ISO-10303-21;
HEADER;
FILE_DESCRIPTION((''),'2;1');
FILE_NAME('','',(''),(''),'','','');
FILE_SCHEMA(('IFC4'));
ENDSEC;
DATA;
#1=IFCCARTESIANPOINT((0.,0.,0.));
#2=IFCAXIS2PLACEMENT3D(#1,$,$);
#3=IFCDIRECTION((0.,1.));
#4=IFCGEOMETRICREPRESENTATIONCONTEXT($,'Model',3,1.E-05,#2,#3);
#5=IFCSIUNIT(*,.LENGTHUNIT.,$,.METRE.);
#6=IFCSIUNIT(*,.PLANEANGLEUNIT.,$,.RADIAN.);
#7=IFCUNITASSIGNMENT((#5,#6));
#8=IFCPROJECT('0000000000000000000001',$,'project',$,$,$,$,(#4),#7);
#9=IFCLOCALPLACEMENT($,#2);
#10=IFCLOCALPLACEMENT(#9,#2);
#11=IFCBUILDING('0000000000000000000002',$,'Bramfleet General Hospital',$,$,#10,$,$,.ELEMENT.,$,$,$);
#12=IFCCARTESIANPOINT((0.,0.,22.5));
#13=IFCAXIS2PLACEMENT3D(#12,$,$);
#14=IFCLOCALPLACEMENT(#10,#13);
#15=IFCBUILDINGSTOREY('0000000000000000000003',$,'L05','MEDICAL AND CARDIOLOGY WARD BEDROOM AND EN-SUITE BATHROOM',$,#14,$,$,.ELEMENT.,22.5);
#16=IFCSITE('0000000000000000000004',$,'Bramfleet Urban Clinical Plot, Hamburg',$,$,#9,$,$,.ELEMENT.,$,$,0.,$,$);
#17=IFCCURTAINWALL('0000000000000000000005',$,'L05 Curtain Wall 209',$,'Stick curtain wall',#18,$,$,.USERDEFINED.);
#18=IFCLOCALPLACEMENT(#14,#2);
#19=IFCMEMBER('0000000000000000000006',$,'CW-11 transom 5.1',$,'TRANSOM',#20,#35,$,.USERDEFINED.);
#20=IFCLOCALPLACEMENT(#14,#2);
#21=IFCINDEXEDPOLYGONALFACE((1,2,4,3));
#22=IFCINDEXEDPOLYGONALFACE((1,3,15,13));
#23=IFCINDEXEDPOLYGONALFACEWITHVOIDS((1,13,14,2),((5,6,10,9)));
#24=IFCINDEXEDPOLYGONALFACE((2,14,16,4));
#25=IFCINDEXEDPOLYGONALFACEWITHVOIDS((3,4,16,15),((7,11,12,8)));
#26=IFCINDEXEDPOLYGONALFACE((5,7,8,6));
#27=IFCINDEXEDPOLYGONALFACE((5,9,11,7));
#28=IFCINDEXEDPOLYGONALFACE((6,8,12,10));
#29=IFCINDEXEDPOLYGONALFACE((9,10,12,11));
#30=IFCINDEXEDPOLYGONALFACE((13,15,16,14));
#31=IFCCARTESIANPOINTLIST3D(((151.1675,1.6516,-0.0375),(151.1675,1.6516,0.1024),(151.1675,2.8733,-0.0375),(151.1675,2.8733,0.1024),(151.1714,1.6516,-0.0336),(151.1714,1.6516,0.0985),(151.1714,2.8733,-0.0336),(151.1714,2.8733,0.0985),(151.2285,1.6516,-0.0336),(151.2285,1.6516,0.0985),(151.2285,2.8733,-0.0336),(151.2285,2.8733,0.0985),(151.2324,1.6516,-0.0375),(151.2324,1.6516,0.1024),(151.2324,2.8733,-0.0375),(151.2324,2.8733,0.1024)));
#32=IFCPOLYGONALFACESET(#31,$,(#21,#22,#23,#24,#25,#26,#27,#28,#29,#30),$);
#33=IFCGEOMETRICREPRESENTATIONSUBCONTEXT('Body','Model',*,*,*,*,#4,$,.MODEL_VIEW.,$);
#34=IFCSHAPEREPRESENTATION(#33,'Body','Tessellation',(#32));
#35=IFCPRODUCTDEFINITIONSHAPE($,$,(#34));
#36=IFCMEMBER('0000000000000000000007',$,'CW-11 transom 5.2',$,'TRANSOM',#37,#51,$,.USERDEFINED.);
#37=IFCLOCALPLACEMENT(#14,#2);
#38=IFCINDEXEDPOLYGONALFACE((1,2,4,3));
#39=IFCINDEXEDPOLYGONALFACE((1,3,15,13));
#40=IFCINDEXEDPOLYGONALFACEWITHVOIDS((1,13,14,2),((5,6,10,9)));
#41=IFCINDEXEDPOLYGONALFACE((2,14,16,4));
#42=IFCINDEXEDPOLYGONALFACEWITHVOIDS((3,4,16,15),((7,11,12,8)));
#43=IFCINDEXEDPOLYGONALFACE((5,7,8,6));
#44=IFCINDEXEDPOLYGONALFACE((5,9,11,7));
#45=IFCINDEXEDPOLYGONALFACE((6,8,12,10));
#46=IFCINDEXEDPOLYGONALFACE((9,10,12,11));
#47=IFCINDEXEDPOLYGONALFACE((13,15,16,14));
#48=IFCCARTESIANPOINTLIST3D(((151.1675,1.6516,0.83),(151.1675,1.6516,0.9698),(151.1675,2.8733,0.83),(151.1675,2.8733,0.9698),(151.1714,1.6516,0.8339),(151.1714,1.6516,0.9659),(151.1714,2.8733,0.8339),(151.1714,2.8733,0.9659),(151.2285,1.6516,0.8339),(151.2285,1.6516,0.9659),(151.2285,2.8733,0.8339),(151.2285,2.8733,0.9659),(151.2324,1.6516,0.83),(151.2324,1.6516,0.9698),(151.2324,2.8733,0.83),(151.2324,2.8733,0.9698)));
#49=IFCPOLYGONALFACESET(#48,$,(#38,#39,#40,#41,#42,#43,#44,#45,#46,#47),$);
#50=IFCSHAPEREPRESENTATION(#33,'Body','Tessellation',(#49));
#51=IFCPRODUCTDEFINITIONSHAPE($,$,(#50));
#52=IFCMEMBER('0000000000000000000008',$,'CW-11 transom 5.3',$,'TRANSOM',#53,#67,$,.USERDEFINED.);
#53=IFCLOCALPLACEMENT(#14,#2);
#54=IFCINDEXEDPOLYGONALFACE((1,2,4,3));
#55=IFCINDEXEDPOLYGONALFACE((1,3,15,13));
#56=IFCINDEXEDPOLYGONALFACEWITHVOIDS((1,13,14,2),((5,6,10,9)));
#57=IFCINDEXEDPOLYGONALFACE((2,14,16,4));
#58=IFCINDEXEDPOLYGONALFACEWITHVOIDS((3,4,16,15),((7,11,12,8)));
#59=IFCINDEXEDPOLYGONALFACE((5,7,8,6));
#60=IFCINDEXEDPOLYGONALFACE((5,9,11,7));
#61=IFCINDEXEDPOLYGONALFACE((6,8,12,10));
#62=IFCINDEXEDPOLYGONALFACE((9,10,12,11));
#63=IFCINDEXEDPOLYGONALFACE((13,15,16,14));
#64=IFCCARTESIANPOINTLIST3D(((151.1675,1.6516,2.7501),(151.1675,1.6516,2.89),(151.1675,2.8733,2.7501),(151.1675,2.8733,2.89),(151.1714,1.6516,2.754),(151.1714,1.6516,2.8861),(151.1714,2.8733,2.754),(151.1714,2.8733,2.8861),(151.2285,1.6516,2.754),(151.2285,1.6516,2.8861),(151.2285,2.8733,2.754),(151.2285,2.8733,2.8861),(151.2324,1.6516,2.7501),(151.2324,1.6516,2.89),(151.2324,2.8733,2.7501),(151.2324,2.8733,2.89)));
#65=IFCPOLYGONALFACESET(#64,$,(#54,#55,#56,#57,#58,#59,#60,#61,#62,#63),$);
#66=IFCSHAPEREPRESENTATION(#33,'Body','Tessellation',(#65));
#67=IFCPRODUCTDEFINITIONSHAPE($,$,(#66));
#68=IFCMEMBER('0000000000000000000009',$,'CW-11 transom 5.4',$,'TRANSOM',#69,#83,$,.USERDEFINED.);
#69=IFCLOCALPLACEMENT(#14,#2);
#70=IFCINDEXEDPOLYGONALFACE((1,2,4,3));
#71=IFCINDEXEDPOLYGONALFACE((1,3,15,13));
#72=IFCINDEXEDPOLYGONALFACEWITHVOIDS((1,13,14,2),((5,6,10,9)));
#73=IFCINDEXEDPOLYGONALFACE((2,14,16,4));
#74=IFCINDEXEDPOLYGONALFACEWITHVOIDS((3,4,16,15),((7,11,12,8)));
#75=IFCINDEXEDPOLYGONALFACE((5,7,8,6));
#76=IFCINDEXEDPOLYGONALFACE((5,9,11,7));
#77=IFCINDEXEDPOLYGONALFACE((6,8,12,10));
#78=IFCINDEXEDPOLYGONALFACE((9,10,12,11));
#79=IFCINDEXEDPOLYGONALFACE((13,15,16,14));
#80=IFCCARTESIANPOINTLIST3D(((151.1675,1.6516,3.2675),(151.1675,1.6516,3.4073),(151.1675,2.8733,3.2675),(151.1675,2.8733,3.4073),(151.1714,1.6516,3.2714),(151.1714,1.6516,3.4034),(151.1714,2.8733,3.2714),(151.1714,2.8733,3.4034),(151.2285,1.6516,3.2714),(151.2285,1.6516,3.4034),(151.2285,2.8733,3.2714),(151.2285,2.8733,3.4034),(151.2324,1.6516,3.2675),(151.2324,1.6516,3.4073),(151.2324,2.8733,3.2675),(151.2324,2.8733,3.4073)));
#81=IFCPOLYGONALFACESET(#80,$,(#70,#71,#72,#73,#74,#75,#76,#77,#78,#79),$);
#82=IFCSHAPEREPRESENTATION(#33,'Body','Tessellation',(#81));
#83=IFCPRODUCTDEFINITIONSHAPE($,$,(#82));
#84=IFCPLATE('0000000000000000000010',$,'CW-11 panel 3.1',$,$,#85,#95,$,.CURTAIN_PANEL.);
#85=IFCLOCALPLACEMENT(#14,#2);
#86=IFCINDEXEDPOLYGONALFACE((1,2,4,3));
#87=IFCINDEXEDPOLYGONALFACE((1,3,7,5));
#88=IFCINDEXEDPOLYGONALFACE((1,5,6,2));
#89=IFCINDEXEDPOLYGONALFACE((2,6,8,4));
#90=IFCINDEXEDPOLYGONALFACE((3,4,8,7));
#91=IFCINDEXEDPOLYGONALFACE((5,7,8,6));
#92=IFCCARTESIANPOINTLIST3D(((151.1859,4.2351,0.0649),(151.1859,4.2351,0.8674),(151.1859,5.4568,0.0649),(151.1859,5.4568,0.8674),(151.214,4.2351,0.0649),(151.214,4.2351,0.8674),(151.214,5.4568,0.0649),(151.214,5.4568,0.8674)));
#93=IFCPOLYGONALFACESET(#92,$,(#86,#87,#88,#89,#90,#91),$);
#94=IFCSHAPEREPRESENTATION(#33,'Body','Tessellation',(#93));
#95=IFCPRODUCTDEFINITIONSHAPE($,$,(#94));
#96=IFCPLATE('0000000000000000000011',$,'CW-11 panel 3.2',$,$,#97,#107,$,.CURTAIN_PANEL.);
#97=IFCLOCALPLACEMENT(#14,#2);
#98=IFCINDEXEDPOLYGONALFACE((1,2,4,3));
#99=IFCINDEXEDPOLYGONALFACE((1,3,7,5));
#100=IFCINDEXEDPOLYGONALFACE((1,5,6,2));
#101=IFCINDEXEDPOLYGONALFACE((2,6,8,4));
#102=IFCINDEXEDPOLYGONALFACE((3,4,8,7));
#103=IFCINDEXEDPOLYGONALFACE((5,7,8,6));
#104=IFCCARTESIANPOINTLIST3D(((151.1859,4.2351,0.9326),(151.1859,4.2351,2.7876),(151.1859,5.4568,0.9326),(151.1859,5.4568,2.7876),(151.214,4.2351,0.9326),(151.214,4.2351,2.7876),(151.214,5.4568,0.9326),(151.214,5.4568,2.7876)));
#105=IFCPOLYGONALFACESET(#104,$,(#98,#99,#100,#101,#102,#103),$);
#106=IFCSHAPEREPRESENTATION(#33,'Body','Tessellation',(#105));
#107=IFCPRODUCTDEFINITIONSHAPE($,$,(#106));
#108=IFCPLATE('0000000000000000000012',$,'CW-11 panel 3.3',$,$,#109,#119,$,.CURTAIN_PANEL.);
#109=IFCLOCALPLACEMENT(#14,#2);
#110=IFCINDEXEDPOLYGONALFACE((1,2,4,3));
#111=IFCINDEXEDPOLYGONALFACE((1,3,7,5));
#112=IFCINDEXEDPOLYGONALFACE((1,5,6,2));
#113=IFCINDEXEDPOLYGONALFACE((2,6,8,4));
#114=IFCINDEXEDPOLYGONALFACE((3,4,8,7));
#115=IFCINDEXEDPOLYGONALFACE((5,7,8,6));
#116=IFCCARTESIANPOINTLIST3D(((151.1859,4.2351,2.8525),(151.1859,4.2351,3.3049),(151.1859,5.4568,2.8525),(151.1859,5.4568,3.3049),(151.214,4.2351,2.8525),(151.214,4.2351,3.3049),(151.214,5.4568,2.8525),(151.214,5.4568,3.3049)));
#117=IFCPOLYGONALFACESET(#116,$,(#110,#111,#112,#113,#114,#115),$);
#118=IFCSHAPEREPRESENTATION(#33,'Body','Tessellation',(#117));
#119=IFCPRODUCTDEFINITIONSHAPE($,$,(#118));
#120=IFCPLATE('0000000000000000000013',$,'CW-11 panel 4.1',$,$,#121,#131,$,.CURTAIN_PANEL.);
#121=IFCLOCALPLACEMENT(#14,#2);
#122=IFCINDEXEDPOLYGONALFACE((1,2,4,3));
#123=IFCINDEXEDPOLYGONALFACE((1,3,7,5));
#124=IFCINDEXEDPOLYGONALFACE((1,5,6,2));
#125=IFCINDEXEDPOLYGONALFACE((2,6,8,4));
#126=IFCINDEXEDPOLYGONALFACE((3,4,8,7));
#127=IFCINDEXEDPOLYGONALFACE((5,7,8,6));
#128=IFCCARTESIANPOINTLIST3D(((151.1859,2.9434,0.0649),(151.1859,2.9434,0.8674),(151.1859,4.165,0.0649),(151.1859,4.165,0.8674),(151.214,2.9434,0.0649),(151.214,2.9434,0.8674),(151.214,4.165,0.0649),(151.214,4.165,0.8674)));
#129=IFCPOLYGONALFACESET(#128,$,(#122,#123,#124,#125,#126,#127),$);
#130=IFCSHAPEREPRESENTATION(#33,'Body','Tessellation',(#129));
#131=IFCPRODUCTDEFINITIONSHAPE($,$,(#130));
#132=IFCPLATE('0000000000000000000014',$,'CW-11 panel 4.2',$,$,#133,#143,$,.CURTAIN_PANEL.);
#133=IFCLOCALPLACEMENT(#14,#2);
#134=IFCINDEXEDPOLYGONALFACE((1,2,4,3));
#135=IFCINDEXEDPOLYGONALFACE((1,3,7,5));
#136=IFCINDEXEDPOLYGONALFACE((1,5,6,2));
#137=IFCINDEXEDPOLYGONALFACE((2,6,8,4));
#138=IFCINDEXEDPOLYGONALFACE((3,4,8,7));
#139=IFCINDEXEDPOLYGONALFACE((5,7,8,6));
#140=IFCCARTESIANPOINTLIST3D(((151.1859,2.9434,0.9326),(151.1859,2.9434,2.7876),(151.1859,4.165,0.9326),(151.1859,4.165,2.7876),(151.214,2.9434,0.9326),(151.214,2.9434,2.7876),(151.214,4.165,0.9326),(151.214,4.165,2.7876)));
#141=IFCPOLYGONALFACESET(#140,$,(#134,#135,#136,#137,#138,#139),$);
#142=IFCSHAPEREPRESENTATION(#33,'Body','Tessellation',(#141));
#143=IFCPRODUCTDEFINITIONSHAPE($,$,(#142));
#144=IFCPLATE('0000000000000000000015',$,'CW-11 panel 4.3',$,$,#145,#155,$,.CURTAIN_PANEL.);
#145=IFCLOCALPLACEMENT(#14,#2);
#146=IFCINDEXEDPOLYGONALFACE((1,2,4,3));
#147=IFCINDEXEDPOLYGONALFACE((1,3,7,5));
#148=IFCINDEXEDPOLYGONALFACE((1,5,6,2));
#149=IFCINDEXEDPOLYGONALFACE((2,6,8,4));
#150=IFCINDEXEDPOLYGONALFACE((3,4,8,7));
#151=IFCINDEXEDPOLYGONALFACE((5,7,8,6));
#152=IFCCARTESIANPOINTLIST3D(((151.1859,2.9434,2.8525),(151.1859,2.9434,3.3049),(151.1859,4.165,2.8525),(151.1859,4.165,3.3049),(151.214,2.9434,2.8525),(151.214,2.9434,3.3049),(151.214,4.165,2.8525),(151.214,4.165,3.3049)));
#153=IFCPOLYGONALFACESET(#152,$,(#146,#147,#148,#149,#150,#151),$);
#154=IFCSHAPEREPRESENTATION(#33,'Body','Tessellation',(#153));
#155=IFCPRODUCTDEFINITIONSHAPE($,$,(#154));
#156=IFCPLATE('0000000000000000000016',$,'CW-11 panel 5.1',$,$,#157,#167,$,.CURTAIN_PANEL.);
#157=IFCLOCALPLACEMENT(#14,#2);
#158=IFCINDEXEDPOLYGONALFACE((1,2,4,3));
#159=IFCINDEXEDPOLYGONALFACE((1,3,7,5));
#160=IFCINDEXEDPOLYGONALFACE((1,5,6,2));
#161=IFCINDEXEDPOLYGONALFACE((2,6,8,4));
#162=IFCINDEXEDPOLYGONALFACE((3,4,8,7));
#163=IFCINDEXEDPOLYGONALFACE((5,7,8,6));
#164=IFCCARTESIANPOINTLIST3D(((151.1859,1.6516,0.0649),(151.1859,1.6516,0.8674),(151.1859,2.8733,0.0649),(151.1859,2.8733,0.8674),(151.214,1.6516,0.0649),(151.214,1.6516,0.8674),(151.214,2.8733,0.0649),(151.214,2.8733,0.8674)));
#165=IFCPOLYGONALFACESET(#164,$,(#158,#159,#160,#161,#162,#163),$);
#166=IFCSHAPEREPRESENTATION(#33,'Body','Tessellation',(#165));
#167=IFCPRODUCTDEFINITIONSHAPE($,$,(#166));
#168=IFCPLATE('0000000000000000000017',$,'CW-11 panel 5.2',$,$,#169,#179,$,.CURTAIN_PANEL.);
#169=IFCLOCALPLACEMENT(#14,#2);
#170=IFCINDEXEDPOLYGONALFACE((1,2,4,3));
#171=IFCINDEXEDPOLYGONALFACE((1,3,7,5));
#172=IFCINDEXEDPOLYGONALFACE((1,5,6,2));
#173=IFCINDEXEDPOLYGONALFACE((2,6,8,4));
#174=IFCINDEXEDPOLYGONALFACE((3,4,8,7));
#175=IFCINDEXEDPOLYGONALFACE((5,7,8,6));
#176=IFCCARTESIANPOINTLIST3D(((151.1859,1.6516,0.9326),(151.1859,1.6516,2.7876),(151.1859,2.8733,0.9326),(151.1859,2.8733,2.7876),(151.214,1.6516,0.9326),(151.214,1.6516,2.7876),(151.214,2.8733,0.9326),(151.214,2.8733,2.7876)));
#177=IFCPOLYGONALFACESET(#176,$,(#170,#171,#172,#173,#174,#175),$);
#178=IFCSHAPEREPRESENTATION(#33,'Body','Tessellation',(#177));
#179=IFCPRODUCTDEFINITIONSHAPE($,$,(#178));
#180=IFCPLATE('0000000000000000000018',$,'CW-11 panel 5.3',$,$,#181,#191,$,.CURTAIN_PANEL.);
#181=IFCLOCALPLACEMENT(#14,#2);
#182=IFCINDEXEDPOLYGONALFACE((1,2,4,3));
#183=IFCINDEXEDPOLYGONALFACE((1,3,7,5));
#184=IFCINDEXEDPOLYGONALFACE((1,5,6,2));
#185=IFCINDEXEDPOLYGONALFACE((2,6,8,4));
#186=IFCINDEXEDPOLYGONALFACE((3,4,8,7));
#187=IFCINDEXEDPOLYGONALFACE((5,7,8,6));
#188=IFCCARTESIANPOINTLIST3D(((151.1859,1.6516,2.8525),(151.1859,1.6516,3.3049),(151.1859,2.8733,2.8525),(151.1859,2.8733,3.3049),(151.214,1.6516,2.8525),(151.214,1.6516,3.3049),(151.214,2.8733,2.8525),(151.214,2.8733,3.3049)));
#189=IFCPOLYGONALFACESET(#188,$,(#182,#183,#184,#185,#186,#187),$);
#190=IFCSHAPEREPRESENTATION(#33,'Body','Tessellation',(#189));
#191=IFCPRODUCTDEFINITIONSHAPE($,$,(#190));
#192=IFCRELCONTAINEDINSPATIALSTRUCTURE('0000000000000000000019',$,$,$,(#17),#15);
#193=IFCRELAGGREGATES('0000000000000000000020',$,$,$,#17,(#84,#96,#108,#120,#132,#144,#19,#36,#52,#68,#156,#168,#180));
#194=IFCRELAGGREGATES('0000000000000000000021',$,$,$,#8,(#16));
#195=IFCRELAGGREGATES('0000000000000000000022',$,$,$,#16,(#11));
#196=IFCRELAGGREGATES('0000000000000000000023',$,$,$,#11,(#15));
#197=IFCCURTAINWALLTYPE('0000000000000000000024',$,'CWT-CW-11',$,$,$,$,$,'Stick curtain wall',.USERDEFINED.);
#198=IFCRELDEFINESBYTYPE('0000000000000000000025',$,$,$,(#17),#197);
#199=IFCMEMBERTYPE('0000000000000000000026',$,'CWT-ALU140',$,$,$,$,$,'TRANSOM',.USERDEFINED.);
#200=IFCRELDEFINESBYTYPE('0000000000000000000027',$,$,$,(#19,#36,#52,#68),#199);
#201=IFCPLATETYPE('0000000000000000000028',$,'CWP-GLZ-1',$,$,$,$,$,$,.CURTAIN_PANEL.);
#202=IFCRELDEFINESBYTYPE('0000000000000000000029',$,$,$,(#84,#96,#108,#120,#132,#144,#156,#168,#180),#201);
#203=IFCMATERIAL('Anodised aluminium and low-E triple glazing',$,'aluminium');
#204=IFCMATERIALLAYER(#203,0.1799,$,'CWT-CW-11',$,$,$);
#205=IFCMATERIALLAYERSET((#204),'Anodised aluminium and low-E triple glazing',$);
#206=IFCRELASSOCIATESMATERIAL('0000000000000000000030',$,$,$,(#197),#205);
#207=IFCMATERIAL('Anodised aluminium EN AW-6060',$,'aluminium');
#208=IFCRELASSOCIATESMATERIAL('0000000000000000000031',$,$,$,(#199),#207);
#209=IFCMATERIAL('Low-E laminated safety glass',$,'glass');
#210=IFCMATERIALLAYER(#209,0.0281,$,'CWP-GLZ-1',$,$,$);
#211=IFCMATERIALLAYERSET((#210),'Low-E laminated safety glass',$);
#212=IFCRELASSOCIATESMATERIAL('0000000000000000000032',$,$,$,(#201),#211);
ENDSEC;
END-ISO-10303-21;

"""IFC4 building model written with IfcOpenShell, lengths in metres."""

from ifc_helpers import new_model, si_unit, direction, frame, origin, origin_2d, place, context, subcontext, project, spatial, rectangle, hollow_rectangle, extrude, material, layer, layer_set, material_profile, profile_set, type_object, element, aggregate, save


model = new_model("IFC4")

# Units and contexts
model_context = context("Model", 3, precision=1e-05, world=origin(), true_north=direction((0.0, 1.0)))
body_context = subcontext(model_context, "Body", "Model", "MODEL_VIEW")
ifc_project = project(units=[si_unit("LENGTHUNIT", "METRE"), si_unit("PLANEANGLEUNIT", "RADIAN")], contexts=[model_context])

# Site, building, storey
site_placement = place(None, origin())
site = spatial("IfcSite", under=ifc_project, at=site_placement, Name="Bramfleet Urban Clinical Plot, Hamburg", CompositionType="ELEMENT", RefElevation=0.0)
building_placement = place(site_placement, origin())
building = spatial("IfcBuilding", under=site, at=building_placement, Name="Bramfleet General Hospital", CompositionType="ELEMENT")
storey_placement = place(building_placement, frame((0.0, 0.0, 22.5)))
storey = spatial("IfcBuildingStorey", under=building, at=storey_placement, Name="L05", Description="MEDICAL AND CARDIOLOGY WARD BEDROOM AND EN-SUITE BATHROOM", CompositionType="ELEMENT", Elevation=22.5)

# Curtain wall, members, plates
ifc_material_1 = material(Name="Anodised aluminium and low-E triple glazing", Category="aluminium")
ifc_layer_1 = layer(ifc_material_1, 0.1799, Name="CWT-CW-11")
ifc_layer_set_1 = layer_set([ifc_layer_1], Name="Anodised aluminium and low-E triple glazing")
curtain_wall_type = type_object("IfcCurtainWallType", Name="CWT-CW-11", ElementType="Stick curtain wall", PredefinedType="USERDEFINED", material=ifc_layer_set_1)
curtain_wall_placement = place(storey_placement, origin())
curtain_wall = element("IfcCurtainWall", 1, at=curtain_wall_placement, inside=storey, type_object=curtain_wall_type, Name="L05 Curtain Wall 209", ObjectType="Stick curtain wall", PredefinedType="USERDEFINED")
ifc_material_2 = material(Name="Anodised aluminium EN AW-6060", Category="aluminium")
ifc_material_profile_1 = material_profile(ifc_material_2, hollow_rectangle(XDim=0.0649, YDim=0.1399, WallThickness=0.0039, at=origin_2d()), Name="ALU 140x65x4.0")
ifc_profile_set_1 = profile_set([ifc_material_profile_1], Name="Anodised aluminium EN AW-6060")
member_type_1 = type_object("IfcMemberType", Name="CWT-ALU140", ElementType="TRANSOM", PredefinedType="USERDEFINED", material=ifc_profile_set_1)
member_1_placement = place(storey_placement, frame((151.2, 2.8733, 0.0325), z_axis=(0.0, -1.0, 0.0), x_axis=(1.0, 0.0, 0.0)))
member_1 = element("IfcMember", 2, at=member_1_placement, type_object=member_type_1, Name="CW-11 transom 5.1", ObjectType="TRANSOM", PredefinedType="USERDEFINED", context=body_context, shape_type="SweptSolid", body=[
    extrude(hollow_rectangle(XDim=0.0649, YDim=0.1399, WallThickness=0.0039, at=origin_2d()), origin(), (0.0, 0.0, 1.0), 1.2217),
])
member_2_placement = place(storey_placement, frame((151.2, 2.8733, 0.8999), z_axis=(0.0, -1.0, 0.0), x_axis=(1.0, 0.0, 0.0)))
member_2 = element("IfcMember", 3, at=member_2_placement, type_object=member_type_1, Name="CW-11 transom 5.2", ObjectType="TRANSOM", PredefinedType="USERDEFINED", context=body_context, shape_type="SweptSolid", body=[
    extrude(hollow_rectangle(XDim=0.0649, YDim=0.1399, WallThickness=0.0039, at=origin_2d()), origin(), (0.0, 0.0, 1.0), 1.2217),
])
member_3_placement = place(storey_placement, frame((151.2, 2.8733, 2.8201), z_axis=(0.0, -1.0, 0.0), x_axis=(1.0, 0.0, 0.0)))
member_3 = element("IfcMember", 4, at=member_3_placement, type_object=member_type_1, Name="CW-11 transom 5.3", ObjectType="TRANSOM", PredefinedType="USERDEFINED", context=body_context, shape_type="SweptSolid", body=[
    extrude(hollow_rectangle(XDim=0.0649, YDim=0.1399, WallThickness=0.0039, at=origin_2d()), origin(), (0.0, 0.0, 1.0), 1.2217),
])
member_4_placement = place(storey_placement, frame((151.2, 2.8733, 3.3374), z_axis=(0.0, -1.0, 0.0), x_axis=(1.0, 0.0, 0.0)))
member_4 = element("IfcMember", 5, at=member_4_placement, type_object=member_type_1, Name="CW-11 transom 5.4", ObjectType="TRANSOM", PredefinedType="USERDEFINED", context=body_context, shape_type="SweptSolid", body=[
    extrude(hollow_rectangle(XDim=0.0649, YDim=0.1399, WallThickness=0.0039, at=origin_2d()), origin(), (0.0, 0.0, 1.0), 1.2217),
])
ifc_material_3 = material(Name="Low-E laminated safety glass", Category="glass")
ifc_layer_2 = layer(ifc_material_3, 0.0281, Name="CWP-GLZ-1")
ifc_layer_set_2 = layer_set([ifc_layer_2], Name="Low-E laminated safety glass")
plate_type = type_object("IfcPlateType", Name="CWP-GLZ-1", PredefinedType="CURTAIN_PANEL", material=ifc_layer_set_2)
plate_1_placement = place(storey_placement, frame((151.2, 4.8459, 0.0649), z_axis=(0.0, 0.0, 1.0), x_axis=(0.0, -1.0, 0.0)))
plate_1 = element("IfcPlate", 6, at=plate_1_placement, type_object=plate_type, Name="CW-11 panel 3.1", PredefinedType="CURTAIN_PANEL", context=body_context, shape_type="SweptSolid", body=[
    extrude(rectangle(XDim=1.2217, YDim=0.0281, at=origin_2d()), origin(), (0.0, 0.0, 1.0), 0.8025),
])
plate_2_placement = place(storey_placement, frame((151.2, 4.8459, 0.9326), z_axis=(0.0, 0.0, 1.0), x_axis=(0.0, -1.0, 0.0)))
plate_2 = element("IfcPlate", 7, at=plate_2_placement, type_object=plate_type, Name="CW-11 panel 3.2", PredefinedType="CURTAIN_PANEL", context=body_context, shape_type="SweptSolid", body=[
    extrude(rectangle(XDim=1.2217, YDim=0.0281, at=origin_2d()), origin(), (0.0, 0.0, 1.0), 1.855),
])
plate_3_placement = place(storey_placement, frame((151.2, 4.8459, 2.8525), z_axis=(0.0, 0.0, 1.0), x_axis=(0.0, -1.0, 0.0)))
plate_3 = element("IfcPlate", 8, at=plate_3_placement, type_object=plate_type, Name="CW-11 panel 3.3", PredefinedType="CURTAIN_PANEL", context=body_context, shape_type="SweptSolid", body=[
    extrude(rectangle(XDim=1.2217, YDim=0.0281, at=origin_2d()), origin(), (0.0, 0.0, 1.0), 0.4524),
])
plate_4_placement = place(storey_placement, frame((151.2, 3.5542, 0.0649), z_axis=(0.0, 0.0, 1.0), x_axis=(0.0, -1.0, 0.0)))
plate_4 = element("IfcPlate", 9, at=plate_4_placement, type_object=plate_type, Name="CW-11 panel 4.1", PredefinedType="CURTAIN_PANEL", context=body_context, shape_type="SweptSolid", body=[
    extrude(rectangle(XDim=1.2217, YDim=0.0281, at=origin_2d()), origin(), (0.0, 0.0, 1.0), 0.8025),
])
plate_5_placement = place(storey_placement, frame((151.2, 3.5542, 0.9326), z_axis=(0.0, 0.0, 1.0), x_axis=(0.0, -1.0, 0.0)))
plate_5 = element("IfcPlate", 10, at=plate_5_placement, type_object=plate_type, Name="CW-11 panel 4.2", PredefinedType="CURTAIN_PANEL", context=body_context, shape_type="SweptSolid", body=[
    extrude(rectangle(XDim=1.2217, YDim=0.0281, at=origin_2d()), origin(), (0.0, 0.0, 1.0), 1.855),
])
plate_6_placement = place(storey_placement, frame((151.2, 3.5542, 2.8525), z_axis=(0.0, 0.0, 1.0), x_axis=(0.0, -1.0, 0.0)))
plate_6 = element("IfcPlate", 11, at=plate_6_placement, type_object=plate_type, Name="CW-11 panel 4.3", PredefinedType="CURTAIN_PANEL", context=body_context, shape_type="SweptSolid", body=[
    extrude(rectangle(XDim=1.2217, YDim=0.0281, at=origin_2d()), origin(), (0.0, 0.0, 1.0), 0.4524),
])
plate_7_placement = place(storey_placement, frame((151.2, 2.2625, 0.0649), z_axis=(0.0, 0.0, 1.0), x_axis=(0.0, -1.0, 0.0)))
plate_7 = element("IfcPlate", 12, at=plate_7_placement, type_object=plate_type, Name="CW-11 panel 5.1", PredefinedType="CURTAIN_PANEL", context=body_context, shape_type="SweptSolid", body=[
    extrude(rectangle(XDim=1.2217, YDim=0.0281, at=origin_2d()), origin(), (0.0, 0.0, 1.0), 0.8025),
])
plate_8_placement = place(storey_placement, frame((151.2, 2.2625, 0.9326), z_axis=(0.0, 0.0, 1.0), x_axis=(0.0, -1.0, 0.0)))
plate_8 = element("IfcPlate", 13, at=plate_8_placement, type_object=plate_type, Name="CW-11 panel 5.2", PredefinedType="CURTAIN_PANEL", context=body_context, shape_type="SweptSolid", body=[
    extrude(rectangle(XDim=1.2217, YDim=0.0281, at=origin_2d()), origin(), (0.0, 0.0, 1.0), 1.855),
])
plate_9_placement = place(storey_placement, frame((151.2, 2.2625, 2.8525), z_axis=(0.0, 0.0, 1.0), x_axis=(0.0, -1.0, 0.0)))
plate_9 = element("IfcPlate", 14, at=plate_9_placement, type_object=plate_type, Name="CW-11 panel 5.3", PredefinedType="CURTAIN_PANEL", context=body_context, shape_type="SweptSolid", body=[
    extrude(rectangle(XDim=1.2217, YDim=0.0281, at=origin_2d()), origin(), (0.0, 0.0, 1.0), 0.4524),
])
aggregate(curtain_wall, [plate_1, plate_2, plate_3, plate_4, plate_5, plate_6, member_1, member_2, member_3, member_4, plate_7, plate_8, plate_9])

save(model, "model.ifc")
